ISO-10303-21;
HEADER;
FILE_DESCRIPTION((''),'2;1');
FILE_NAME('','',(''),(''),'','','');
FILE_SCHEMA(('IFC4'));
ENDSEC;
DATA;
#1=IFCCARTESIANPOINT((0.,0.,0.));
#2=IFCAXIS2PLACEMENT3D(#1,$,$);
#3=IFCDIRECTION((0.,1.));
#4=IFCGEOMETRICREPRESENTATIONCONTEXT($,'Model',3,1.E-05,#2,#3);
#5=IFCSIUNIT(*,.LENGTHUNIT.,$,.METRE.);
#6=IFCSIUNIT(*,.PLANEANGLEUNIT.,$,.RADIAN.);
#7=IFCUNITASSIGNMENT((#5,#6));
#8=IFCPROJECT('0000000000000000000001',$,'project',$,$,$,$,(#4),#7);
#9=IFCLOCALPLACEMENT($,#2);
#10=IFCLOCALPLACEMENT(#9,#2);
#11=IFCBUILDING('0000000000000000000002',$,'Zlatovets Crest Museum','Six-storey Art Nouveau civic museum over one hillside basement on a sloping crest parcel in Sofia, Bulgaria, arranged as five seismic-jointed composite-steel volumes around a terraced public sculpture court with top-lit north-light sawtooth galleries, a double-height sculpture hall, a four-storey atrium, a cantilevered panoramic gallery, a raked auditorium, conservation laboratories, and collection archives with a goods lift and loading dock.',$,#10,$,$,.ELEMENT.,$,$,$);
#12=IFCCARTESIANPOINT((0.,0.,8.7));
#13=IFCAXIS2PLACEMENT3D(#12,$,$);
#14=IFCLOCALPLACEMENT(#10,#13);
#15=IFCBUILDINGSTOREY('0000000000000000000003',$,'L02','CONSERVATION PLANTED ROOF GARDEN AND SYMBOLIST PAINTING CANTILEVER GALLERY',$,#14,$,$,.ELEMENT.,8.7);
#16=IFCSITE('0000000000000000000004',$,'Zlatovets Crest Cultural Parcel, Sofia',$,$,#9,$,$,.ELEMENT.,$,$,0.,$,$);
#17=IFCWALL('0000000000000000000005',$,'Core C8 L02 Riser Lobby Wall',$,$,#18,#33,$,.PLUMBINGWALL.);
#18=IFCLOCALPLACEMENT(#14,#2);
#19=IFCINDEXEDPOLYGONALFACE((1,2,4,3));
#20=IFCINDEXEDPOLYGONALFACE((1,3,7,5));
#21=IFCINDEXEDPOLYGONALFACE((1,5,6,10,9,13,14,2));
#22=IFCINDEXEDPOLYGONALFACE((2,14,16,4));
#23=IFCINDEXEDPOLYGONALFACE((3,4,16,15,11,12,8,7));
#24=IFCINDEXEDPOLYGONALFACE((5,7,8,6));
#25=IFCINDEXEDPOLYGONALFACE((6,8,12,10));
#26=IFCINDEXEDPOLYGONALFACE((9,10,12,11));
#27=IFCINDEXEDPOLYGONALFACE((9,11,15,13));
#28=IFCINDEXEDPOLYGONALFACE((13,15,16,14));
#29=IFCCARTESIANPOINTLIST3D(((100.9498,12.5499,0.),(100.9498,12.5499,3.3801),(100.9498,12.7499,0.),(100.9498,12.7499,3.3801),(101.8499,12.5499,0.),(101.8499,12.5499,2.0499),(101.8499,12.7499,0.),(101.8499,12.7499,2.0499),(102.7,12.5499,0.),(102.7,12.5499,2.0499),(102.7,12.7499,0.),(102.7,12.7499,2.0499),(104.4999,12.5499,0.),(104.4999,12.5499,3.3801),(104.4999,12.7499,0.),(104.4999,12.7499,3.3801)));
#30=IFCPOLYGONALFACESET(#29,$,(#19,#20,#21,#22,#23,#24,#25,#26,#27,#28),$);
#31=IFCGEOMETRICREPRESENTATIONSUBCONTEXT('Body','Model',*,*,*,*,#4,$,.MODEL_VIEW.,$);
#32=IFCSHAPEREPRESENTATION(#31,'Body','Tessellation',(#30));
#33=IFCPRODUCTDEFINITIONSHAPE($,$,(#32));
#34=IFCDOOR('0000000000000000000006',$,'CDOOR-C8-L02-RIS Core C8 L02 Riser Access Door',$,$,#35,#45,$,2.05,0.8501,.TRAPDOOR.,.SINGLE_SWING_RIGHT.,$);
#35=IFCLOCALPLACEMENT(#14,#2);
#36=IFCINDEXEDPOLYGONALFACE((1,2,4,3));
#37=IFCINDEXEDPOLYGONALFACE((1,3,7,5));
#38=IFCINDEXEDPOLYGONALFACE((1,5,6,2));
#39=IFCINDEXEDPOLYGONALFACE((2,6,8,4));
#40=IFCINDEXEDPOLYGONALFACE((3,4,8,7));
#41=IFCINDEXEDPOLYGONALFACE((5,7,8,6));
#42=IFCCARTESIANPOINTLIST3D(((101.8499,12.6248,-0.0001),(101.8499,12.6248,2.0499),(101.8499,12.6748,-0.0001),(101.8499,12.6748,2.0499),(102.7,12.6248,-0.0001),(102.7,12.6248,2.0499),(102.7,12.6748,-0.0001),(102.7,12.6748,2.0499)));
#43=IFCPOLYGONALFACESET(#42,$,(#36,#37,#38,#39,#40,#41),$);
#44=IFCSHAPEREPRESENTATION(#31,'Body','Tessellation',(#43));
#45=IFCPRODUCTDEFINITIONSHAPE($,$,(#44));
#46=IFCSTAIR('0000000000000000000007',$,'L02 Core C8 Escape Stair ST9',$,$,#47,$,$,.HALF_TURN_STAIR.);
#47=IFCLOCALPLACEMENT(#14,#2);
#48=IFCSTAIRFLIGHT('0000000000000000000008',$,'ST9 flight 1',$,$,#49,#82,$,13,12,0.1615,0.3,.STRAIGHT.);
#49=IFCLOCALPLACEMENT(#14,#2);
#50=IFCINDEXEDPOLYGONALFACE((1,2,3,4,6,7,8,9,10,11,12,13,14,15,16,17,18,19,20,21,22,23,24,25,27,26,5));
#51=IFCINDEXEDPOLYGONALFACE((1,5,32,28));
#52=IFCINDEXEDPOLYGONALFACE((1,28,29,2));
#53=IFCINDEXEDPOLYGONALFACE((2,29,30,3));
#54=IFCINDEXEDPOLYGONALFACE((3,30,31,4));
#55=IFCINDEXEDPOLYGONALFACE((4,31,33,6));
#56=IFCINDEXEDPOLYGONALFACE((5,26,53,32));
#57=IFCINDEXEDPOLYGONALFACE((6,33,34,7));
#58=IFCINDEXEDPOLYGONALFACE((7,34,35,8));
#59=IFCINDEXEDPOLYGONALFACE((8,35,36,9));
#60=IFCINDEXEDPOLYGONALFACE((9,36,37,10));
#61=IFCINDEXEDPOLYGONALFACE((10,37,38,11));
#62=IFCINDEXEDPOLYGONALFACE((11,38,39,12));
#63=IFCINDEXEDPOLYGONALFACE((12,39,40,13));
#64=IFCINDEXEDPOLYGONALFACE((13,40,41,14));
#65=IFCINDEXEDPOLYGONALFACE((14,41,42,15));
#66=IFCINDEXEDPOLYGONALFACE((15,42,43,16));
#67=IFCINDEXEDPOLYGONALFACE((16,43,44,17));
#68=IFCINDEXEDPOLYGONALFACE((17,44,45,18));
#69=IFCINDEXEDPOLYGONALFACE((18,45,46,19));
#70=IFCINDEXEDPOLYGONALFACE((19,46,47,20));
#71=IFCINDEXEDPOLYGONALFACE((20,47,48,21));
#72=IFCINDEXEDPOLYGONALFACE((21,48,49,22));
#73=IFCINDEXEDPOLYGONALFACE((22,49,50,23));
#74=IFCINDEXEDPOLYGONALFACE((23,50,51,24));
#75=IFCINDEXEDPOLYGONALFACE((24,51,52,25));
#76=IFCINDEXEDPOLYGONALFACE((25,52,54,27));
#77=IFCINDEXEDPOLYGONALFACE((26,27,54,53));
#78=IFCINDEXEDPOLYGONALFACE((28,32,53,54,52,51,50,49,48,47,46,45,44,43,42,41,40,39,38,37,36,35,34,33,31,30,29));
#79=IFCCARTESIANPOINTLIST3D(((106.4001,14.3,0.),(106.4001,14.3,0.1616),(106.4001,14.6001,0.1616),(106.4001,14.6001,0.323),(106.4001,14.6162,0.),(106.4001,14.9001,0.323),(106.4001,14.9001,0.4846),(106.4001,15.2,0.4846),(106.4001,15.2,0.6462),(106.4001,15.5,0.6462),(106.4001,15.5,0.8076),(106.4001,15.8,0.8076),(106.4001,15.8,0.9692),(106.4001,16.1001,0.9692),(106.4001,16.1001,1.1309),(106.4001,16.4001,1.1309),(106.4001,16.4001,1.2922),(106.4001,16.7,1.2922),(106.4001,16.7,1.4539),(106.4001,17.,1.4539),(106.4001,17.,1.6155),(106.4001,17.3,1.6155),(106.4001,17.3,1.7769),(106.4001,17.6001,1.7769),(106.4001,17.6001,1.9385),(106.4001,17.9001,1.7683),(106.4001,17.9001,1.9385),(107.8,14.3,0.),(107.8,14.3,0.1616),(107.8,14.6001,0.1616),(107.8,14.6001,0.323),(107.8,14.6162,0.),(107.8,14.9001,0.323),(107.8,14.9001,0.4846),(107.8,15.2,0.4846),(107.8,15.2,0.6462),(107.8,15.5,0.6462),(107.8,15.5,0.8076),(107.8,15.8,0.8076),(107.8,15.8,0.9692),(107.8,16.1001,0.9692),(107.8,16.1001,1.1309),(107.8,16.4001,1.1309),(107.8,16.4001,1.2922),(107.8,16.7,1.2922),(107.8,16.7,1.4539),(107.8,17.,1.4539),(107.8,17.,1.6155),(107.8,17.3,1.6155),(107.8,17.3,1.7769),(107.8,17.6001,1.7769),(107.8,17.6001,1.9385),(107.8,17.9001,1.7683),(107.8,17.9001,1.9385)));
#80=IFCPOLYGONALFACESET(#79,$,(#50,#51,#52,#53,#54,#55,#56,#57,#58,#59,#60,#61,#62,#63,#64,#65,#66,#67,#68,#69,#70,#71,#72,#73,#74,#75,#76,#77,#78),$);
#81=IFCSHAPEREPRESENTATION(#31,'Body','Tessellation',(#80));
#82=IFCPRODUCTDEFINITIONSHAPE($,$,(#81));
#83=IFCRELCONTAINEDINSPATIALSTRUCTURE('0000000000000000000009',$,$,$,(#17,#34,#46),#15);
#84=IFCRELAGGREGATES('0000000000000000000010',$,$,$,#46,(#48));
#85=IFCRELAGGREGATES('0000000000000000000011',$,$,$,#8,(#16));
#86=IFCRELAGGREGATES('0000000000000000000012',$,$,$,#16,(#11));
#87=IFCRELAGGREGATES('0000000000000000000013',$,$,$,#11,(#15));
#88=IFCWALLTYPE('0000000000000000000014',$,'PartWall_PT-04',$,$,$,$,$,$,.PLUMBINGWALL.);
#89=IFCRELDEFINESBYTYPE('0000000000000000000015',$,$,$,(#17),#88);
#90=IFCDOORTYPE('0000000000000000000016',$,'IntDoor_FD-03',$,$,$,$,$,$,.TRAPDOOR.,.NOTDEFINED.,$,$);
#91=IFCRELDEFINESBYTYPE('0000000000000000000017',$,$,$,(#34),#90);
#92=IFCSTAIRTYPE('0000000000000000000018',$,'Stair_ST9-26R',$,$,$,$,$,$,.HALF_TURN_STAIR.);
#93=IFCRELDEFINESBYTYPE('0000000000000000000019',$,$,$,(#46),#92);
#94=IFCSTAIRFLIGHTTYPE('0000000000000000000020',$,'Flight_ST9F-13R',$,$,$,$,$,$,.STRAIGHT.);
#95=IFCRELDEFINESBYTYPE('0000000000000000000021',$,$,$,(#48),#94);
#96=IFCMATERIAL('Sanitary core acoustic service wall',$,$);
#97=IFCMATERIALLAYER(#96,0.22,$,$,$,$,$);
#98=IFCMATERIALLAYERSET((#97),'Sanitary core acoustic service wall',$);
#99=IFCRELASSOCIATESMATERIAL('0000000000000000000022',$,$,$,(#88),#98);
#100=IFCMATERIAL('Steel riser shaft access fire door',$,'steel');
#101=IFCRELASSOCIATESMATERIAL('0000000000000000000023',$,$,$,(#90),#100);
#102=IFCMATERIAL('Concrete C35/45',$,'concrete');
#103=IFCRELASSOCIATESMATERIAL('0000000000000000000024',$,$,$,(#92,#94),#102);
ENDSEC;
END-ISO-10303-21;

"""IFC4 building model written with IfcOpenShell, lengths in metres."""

from ifc_helpers import new_model, si_unit, direction, frame, frame_2d, origin, place, context, subcontext, project, spatial, polyline, rectangle, outline, extrude, material, layer, layer_set, type_object, element, fill, aggregate, save


model = new_model("IFC4")

# Units and contexts
model_context = context("Model", 3, precision=1e-05, world=origin(), true_north=direction((0.0, 1.0)))
body_context = subcontext(model_context, "Body", "Model", "MODEL_VIEW")
ifc_project = project(units=[si_unit("LENGTHUNIT", "METRE"), si_unit("PLANEANGLEUNIT", "RADIAN")], contexts=[model_context])

# Site, building, storey
site_placement = place(None, origin())
site = spatial("IfcSite", under=ifc_project, at=site_placement, Name="Zlatovets Crest Cultural Parcel, Sofia", CompositionType="ELEMENT", RefElevation=0.0)
building_placement = place(site_placement, origin())
building = spatial("IfcBuilding", under=site, at=building_placement, Name="Zlatovets Crest Museum", Description="Six-storey Art Nouveau civic museum over one hillside basement on a sloping crest parcel in Sofia, Bulgaria, arranged as five seismic-jointed composite-steel volumes around a terraced public sculpture court with top-lit north-light sawtooth galleries, a double-height sculpture hall, a four-storey atrium, a cantilevered panoramic gallery, a raked auditorium, conservation laboratories, and collection archives with a goods lift and loading dock.", CompositionType="ELEMENT")
storey_placement = place(building_placement, frame((0.0, 0.0, 8.7)))
storey = spatial("IfcBuildingStorey", under=building, at=storey_placement, Name="L02", Description="CONSERVATION PLANTED ROOF GARDEN AND SYMBOLIST PAINTING CANTILEVER GALLERY", CompositionType="ELEMENT", Elevation=8.7)

# Shared definitions
ifc_material_1 = material(Name="Concrete C35/45", Category="concrete")

# Wall, opening, door
ifc_material_2 = material(Name="Sanitary core acoustic service wall")
ifc_layer_1 = layer(ifc_material_2, 0.22)
ifc_layer_set_1 = layer_set([ifc_layer_1], Name="Sanitary core acoustic service wall")
wall_type_1 = type_object("IfcWallType", Name="PartWall_PT-04", PredefinedType="PLUMBINGWALL", material=ifc_layer_set_1)
wall_1_placement = place(storey_placement, frame((100.95, 12.6499, 0.0), z_axis=(0.0, 0.0, 1.0), x_axis=(1.0, 0.0, 0.0)))
wall_1 = element("IfcWall", 1, at=wall_1_placement, inside=storey, type_object=wall_type_1, Name="Core C8 L02 Riser Lobby Wall", PredefinedType="PLUMBINGWALL", context=body_context, shape_type="SweptSolid", body=[
    extrude(rectangle(XDim=3.55, YDim=0.2, at=frame_2d((1.7749, 0.0))), origin(), (0.0, 0.0, 1.0), 3.3801),
])
opening_1_placement = place(wall_1_placement, frame((0.8999, 0.0, 0.0)))
opening_1 = element("IfcOpeningElement", 2, at=opening_1_placement, cuts=wall_1, PredefinedType="OPENING", context=body_context, shape_type="SweptSolid", body=[
    extrude(rectangle(XDim=0.8501, YDim=2.05, at=frame_2d((0.425, 1.0249))), frame((0.0, 0.1099, 0.0), z_axis=(0.0, -1.0, 0.0), x_axis=(1.0, 0.0, 0.0)), (0.0, 0.0, 1.0), 0.22),
])
ifc_material_3 = material(Name="Steel riser shaft access fire door", Category="steel")
door_type_1 = type_object("IfcDoorType", Name="IntDoor_FD-03", OperationType="NOTDEFINED", PredefinedType="TRAPDOOR", material=ifc_material_3)
door_1_placement = place(opening_1_placement, origin())
door_1 = element("IfcDoor", 3, at=door_1_placement, inside=storey, type_object=door_type_1, Name="CDOOR-C8-L02-RIS Core C8 L02 Riser Access Door", OperationType="SINGLE_SWING_RIGHT", OverallHeight=2.05, OverallWidth=0.8501, PredefinedType="TRAPDOOR", context=body_context, shape_type="SweptSolid", body=[
    extrude(rectangle(XDim=0.8501, YDim=2.05, at=frame_2d((0.425, 1.0249))), frame((0.0, 0.0249, 0.0), z_axis=(0.0, -1.0, 0.0), x_axis=(1.0, 0.0, 0.0)), (0.0, 0.0, 1.0), 0.05),
])
fill(opening_1, door_1)

# Stair, stair flight
stair_type = type_object("IfcStairType", Name="Stair_ST9-26R", PredefinedType="HALF_TURN_STAIR", material=ifc_material_1)
stair_placement = place(storey_placement, origin())
stair = element("IfcStair", 4, at=stair_placement, inside=storey, type_object=stair_type, Name="L02 Core C8 Escape Stair ST9", PredefinedType="HALF_TURN_STAIR")
stair_flight_type = type_object("IfcStairFlightType", Name="Flight_ST9F-13R", PredefinedType="STRAIGHT", material=ifc_material_1)
stair_flight_placement = place(storey_placement, frame((107.1001, 14.3, 0.0), z_axis=(0.0, 0.0, 1.0), x_axis=(0.0, 1.0, 0.0)))
stair_flight = element("IfcStairFlight", 5, at=stair_flight_placement, type_object=stair_flight_type, Name="ST9 flight 1", NumberOfRisers=13, NumberOfTreads=12, PredefinedType="STRAIGHT", RiserHeight=0.1615, TreadLength=0.3, context=body_context, shape_type="SweptSolid", body=[
    extrude(outline(polyline([(0.0, 0.0), (0.0, 0.1616), (0.3, 0.1616), (0.3, 0.323), (0.6001, 0.323), (0.6001, 0.4846), (0.8999, 0.4846), (0.8999, 0.6462), (1.2, 0.6462), (1.2, 0.8076), (1.5, 0.8076), (1.5, 0.9692), (1.8, 0.9692), (1.8, 1.1309), (2.1001, 1.1309), (2.1001, 1.2922), (2.3999, 1.2922), (2.3999, 1.4539), (2.7, 1.4539), (2.7, 1.6155), (3.0, 1.6155), (3.0, 1.7769), (3.3, 1.7769), (3.3, 1.9385), (3.6001, 1.9385), (3.6001, 2.1001), (3.6001, 1.7683), (0.3162, 0.0), (0.0, 0.0)])), frame((0.0, 0.7, 0.0), z_axis=(0.0, -1.0, 0.0), x_axis=(1.0, 0.0, 0.0)), (0.0, 0.0, 1.0), 1.3999),
])
aggregate(stair, [stair_flight])

save(model, "model.ifc")
